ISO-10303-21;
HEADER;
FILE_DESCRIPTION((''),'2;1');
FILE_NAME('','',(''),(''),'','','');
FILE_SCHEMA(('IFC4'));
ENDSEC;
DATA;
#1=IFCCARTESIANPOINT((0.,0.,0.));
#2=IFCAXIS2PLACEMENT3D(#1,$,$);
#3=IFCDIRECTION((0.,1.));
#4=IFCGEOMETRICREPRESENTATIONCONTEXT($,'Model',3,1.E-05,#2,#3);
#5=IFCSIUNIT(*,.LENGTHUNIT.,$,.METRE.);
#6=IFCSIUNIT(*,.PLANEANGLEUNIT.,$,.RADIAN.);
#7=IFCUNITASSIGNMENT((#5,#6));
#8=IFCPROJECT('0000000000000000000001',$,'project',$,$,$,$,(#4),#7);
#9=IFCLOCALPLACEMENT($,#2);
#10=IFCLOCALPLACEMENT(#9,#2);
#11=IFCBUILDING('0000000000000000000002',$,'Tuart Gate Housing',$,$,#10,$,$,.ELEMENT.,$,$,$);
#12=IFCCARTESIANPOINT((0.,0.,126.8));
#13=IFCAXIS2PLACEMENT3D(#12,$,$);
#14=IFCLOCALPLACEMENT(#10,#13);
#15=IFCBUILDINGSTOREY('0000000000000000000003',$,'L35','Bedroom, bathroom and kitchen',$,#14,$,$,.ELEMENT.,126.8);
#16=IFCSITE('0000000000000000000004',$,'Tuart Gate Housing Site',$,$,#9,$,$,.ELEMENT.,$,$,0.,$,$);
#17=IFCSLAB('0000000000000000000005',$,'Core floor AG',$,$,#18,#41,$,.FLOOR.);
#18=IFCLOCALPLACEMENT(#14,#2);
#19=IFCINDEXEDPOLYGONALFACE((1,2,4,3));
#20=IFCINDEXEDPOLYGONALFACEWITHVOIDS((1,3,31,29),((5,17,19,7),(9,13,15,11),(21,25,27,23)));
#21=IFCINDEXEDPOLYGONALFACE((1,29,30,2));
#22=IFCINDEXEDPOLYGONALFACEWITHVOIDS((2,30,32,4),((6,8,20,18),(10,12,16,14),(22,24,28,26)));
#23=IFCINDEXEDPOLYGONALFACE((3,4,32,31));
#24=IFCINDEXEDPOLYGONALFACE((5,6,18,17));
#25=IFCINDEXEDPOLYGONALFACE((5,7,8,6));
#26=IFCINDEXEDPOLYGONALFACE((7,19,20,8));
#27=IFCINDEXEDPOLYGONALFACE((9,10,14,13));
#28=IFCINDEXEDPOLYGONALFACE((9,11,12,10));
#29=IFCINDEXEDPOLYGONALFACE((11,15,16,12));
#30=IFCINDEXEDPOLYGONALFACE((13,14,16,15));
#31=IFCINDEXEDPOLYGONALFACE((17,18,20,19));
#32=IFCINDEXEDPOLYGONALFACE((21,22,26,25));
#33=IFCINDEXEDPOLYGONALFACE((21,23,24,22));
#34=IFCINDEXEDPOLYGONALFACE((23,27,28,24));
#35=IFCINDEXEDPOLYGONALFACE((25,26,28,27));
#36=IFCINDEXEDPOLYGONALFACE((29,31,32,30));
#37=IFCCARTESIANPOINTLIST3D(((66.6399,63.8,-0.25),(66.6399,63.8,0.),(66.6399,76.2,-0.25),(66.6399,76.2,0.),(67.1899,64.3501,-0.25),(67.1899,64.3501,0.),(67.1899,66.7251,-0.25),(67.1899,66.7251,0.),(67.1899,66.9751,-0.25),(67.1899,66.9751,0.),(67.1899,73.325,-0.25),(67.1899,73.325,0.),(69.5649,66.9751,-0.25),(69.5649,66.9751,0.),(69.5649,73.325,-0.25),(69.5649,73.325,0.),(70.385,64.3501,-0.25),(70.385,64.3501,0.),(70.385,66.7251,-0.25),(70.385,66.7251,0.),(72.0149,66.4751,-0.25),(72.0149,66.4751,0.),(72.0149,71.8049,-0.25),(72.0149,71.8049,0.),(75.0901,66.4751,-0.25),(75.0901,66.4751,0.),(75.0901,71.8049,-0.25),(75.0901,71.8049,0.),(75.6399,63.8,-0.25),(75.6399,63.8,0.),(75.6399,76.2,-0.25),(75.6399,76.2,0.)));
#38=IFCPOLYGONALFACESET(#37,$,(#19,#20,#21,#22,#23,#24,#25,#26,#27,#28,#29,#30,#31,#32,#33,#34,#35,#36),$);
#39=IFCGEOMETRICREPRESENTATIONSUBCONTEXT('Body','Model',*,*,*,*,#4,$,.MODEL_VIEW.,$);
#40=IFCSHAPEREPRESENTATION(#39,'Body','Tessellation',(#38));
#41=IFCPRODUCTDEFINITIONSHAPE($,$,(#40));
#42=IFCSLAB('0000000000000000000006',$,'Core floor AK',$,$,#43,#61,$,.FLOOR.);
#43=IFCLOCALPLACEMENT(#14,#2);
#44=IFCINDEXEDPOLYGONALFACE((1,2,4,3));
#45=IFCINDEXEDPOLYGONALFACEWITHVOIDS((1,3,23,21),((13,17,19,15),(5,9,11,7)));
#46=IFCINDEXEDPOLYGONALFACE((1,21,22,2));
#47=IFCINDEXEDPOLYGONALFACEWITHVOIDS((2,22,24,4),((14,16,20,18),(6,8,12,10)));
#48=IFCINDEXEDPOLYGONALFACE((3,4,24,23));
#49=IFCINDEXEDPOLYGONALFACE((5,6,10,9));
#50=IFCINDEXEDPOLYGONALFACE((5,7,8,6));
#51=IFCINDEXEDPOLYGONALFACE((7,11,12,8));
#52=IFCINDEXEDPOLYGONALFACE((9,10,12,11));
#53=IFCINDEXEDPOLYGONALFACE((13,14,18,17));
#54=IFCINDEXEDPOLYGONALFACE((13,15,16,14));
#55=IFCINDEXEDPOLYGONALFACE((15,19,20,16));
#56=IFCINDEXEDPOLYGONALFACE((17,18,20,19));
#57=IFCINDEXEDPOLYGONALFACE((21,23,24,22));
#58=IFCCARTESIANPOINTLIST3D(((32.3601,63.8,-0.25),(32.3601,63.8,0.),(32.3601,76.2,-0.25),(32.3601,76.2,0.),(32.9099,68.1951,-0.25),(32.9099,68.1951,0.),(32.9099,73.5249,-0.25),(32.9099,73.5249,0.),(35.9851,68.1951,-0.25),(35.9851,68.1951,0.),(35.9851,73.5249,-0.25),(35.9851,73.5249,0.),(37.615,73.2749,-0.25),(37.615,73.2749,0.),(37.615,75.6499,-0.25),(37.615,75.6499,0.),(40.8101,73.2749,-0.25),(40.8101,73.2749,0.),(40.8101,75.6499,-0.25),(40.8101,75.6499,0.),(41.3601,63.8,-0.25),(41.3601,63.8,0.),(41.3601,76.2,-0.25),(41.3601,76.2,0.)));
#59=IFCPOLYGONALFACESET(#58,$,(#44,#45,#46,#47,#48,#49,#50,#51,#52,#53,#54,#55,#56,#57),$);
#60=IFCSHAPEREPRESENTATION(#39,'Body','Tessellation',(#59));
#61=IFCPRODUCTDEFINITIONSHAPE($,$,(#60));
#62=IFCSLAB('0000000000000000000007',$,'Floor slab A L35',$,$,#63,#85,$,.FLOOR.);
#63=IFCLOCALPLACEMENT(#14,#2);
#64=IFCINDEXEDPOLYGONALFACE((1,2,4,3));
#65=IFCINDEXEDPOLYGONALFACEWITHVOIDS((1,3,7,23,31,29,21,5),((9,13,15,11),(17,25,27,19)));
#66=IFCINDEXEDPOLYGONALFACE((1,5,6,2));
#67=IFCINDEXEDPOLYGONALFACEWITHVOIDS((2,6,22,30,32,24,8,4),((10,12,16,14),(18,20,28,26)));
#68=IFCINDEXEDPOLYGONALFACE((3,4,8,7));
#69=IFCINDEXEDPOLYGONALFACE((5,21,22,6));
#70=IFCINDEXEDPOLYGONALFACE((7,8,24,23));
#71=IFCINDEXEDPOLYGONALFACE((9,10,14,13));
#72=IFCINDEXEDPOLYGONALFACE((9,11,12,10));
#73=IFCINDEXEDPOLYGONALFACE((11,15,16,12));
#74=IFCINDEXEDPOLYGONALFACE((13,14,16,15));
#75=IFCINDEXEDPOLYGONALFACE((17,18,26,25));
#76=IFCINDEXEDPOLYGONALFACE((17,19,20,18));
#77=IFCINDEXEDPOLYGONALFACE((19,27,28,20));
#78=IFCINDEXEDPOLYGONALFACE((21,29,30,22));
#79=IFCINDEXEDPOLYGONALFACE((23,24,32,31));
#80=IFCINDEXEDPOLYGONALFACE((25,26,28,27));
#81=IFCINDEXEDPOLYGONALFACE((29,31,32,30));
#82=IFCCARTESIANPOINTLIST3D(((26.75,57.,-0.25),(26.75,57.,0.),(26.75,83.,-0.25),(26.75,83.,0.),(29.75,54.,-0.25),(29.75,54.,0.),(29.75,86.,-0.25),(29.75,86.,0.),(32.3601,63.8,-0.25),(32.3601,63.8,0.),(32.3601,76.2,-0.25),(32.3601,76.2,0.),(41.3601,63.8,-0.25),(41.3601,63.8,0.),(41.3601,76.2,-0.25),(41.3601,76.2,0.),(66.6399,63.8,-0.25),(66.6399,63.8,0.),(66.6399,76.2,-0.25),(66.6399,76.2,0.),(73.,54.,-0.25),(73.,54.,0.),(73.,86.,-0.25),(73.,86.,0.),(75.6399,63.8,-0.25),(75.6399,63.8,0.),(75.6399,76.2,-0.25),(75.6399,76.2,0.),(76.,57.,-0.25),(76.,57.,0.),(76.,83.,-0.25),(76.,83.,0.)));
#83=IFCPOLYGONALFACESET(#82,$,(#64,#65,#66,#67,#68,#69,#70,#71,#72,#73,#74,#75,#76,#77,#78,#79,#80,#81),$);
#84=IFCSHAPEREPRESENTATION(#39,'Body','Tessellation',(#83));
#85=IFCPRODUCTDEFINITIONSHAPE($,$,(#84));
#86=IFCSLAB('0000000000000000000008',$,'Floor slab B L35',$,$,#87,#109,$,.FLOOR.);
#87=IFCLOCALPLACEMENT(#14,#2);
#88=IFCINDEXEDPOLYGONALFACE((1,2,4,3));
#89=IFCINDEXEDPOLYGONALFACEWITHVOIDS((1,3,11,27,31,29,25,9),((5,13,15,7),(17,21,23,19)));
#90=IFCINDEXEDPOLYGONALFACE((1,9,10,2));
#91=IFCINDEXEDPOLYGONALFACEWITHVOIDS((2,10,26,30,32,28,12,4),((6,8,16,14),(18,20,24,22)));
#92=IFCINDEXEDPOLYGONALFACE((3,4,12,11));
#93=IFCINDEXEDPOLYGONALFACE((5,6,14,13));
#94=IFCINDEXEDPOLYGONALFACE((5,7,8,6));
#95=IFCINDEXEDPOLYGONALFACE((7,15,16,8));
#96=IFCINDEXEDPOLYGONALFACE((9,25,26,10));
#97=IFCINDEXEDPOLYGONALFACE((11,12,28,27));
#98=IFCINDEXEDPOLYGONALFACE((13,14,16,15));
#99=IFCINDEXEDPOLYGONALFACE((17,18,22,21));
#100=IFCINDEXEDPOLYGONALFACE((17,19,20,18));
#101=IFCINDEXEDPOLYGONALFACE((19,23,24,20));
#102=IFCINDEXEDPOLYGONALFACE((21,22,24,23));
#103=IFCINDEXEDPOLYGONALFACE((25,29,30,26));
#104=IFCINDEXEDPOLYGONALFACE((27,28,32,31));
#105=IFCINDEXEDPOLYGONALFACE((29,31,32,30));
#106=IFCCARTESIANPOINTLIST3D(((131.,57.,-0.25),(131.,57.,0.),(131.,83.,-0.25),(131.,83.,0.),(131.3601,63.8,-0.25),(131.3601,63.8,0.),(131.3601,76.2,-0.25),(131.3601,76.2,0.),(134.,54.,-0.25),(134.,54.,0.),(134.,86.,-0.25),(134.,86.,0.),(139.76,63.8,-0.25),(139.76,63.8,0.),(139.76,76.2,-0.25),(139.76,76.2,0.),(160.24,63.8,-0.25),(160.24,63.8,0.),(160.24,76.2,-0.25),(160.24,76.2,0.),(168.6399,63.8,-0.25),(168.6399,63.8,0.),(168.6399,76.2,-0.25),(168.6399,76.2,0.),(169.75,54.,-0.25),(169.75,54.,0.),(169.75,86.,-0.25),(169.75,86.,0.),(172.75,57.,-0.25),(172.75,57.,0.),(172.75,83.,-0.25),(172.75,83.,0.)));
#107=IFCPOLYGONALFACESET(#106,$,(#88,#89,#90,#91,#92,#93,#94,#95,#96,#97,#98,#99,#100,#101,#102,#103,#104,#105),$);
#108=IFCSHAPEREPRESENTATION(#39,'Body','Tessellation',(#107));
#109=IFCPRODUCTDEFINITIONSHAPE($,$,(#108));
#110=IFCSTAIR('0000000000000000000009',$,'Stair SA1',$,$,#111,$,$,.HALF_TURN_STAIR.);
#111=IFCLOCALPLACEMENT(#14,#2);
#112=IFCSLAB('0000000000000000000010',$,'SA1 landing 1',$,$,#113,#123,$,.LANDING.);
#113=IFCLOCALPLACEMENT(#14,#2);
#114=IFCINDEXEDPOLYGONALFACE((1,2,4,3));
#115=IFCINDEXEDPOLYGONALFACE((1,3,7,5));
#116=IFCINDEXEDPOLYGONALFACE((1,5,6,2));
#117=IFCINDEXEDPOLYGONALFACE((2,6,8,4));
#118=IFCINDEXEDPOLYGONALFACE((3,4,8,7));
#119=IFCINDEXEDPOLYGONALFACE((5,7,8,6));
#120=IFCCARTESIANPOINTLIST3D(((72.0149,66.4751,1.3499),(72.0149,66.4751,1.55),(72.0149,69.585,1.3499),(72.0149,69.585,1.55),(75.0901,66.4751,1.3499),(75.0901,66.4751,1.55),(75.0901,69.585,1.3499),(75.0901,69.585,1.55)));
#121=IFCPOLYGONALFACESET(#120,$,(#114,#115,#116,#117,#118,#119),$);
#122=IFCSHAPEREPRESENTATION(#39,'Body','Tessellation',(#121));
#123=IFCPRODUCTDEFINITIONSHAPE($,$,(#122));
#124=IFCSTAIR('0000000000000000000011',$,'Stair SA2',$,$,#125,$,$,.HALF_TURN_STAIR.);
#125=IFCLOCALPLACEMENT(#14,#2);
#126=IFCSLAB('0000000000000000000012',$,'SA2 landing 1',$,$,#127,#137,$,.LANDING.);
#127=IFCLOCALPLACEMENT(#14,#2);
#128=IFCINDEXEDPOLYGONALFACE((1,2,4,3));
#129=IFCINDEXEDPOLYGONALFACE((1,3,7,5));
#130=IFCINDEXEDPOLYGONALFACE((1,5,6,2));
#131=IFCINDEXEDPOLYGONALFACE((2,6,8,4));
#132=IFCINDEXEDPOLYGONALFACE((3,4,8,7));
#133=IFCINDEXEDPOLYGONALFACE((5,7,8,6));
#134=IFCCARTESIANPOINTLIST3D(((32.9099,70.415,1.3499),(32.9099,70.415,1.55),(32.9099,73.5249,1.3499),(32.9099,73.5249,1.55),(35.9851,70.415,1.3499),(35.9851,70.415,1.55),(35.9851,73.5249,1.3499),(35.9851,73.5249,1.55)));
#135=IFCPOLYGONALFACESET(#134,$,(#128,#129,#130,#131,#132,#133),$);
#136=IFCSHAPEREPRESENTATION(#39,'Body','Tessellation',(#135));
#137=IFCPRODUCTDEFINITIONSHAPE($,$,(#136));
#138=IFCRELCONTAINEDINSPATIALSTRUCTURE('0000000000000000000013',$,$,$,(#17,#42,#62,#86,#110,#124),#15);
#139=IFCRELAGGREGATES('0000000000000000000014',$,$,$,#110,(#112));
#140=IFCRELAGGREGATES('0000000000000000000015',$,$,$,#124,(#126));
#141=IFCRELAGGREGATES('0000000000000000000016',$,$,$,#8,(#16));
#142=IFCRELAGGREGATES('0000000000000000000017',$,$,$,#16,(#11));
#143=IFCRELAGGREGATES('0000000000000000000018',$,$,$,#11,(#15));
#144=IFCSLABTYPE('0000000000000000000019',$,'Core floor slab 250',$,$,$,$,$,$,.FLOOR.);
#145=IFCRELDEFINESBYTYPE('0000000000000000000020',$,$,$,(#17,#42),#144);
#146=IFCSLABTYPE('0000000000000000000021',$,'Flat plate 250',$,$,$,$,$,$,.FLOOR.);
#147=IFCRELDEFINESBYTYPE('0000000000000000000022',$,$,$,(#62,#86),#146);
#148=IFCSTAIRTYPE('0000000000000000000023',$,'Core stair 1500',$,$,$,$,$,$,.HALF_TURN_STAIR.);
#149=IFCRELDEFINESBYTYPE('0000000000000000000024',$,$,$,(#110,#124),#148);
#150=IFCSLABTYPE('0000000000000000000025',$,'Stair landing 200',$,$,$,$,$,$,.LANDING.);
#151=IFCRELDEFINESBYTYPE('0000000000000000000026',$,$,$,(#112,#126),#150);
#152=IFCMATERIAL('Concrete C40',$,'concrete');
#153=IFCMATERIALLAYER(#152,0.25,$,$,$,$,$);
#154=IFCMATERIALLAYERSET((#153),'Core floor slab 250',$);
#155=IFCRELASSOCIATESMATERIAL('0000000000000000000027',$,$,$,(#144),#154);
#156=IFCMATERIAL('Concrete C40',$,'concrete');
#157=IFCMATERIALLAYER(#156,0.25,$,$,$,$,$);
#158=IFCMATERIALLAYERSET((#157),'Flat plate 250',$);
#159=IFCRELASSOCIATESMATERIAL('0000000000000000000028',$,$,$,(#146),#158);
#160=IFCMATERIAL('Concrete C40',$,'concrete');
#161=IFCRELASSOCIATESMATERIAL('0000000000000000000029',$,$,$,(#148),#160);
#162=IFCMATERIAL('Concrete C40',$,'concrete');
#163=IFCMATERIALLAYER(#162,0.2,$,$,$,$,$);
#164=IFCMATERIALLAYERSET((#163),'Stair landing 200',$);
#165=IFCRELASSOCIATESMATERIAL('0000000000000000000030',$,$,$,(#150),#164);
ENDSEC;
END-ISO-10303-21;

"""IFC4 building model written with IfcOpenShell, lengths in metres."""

from ifc_helpers import new_model, si_unit, direction, frame, origin, place, context, subcontext, project, spatial, polyline, outline, extrude, material, layer, layer_set, type_object, element, aggregate, save


model = new_model("IFC4")

# Units and contexts
model_context = context("Model", 3, precision=1e-05, world=origin(), true_north=direction((0.0, 1.0)))
body_context = subcontext(model_context, "Body", "Model", "MODEL_VIEW")
ifc_project = project(units=[si_unit("LENGTHUNIT", "METRE"), si_unit("PLANEANGLEUNIT", "RADIAN")], contexts=[model_context])

# Site, building, storey
site_placement = place(None, origin())
site = spatial("IfcSite", under=ifc_project, at=site_placement, Name="Tuart Gate Housing Site", CompositionType="ELEMENT", RefElevation=0.0)
building_placement = place(site_placement, origin())
building = spatial("IfcBuilding", under=site, at=building_placement, Name="Tuart Gate Housing", CompositionType="ELEMENT")
storey_placement = place(building_placement, frame((0.0, 0.0, 126.8)))
storey = spatial("IfcBuildingStorey", under=building, at=storey_placement, Name="L35", Description="Bedroom, bathroom and kitchen", CompositionType="ELEMENT", Elevation=126.8)

# Slabs
ifc_material_1 = material(Name="Concrete C40", Category="concrete")
ifc_layer_1 = layer(ifc_material_1, 0.25)
ifc_layer_set_1 = layer_set([ifc_layer_1], Name="Core floor slab 250")
slab_type_1 = type_object("IfcSlabType", Name="Core floor slab 250", PredefinedType="FLOOR", material=ifc_layer_set_1)
slab_1_placement = place(storey_placement, frame((0.0, 0.0, -0.25)))
element("IfcSlab", 1, at=slab_1_placement, inside=storey, type_object=slab_type_1, Name="Core floor AG", PredefinedType="FLOOR", context=body_context, shape_type="SweptSolid", body=[
    extrude(outline(polyline([(66.6399, 63.8), (75.6399, 63.8), (75.6399, 76.2), (66.6399, 76.2), (66.6399, 63.8)]), holes=[polyline([(67.1899, 64.3501), (70.385, 64.3501), (70.385, 66.7251), (67.1899, 66.7251), (67.1899, 64.3501)]), polyline([(67.1899, 66.9751), (69.5649, 66.9751), (69.5649, 73.325), (67.1899, 73.325), (67.1899, 66.9751)]), polyline([(72.0149, 66.4751), (75.0901, 66.4751), (75.0901, 71.8049), (72.0149, 71.8049), (72.0149, 66.4751)])]), origin(), (0.0, 0.0, 1.0), 0.25),
])
slab_2_placement = place(storey_placement, frame((0.0, 0.0, -0.25)))
element("IfcSlab", 2, at=slab_2_placement, inside=storey, type_object=slab_type_1, Name="Core floor AK", PredefinedType="FLOOR", context=body_context, shape_type="SweptSolid", body=[
    extrude(outline(polyline([(32.3601, 63.8), (41.3601, 63.8), (41.3601, 76.2), (32.3601, 76.2), (32.3601, 63.8)]), holes=[polyline([(40.8101, 75.6499), (37.615, 75.6499), (37.615, 73.2749), (40.8101, 73.2749), (40.8101, 75.6499)]), polyline([(35.9851, 73.5249), (32.9099, 73.5249), (32.9099, 68.1951), (35.9851, 68.1951), (35.9851, 73.5249)])]), origin(), (0.0, 0.0, 1.0), 0.25),
])
ifc_material_2 = material(Name="Concrete C40", Category="concrete")
ifc_layer_2 = layer(ifc_material_2, 0.25)
ifc_layer_set_2 = layer_set([ifc_layer_2], Name="Flat plate 250")
slab_type_2 = type_object("IfcSlabType", Name="Flat plate 250", PredefinedType="FLOOR", material=ifc_layer_set_2)
slab_3_placement = place(storey_placement, frame((0.0, 0.0, -0.25)))
element("IfcSlab", 3, at=slab_3_placement, inside=storey, type_object=slab_type_2, Name="Floor slab A L35", PredefinedType="FLOOR", context=body_context, shape_type="SweptSolid", body=[
    extrude(outline(polyline([(29.75, 86.0), (26.75, 83.0), (26.75, 57.0), (29.75, 54.0), (73.0, 54.0), (76.0, 57.0), (76.0, 83.0), (73.0, 86.0), (29.75, 86.0)]), holes=[polyline([(66.6399, 76.2), (75.6399, 76.2), (75.6399, 63.8), (66.6399, 63.8), (66.6399, 76.2)]), polyline([(41.3601, 76.2), (41.3601, 63.8), (32.3601, 63.8), (32.3601, 76.2), (41.3601, 76.2)])]), origin(), (0.0, 0.0, 1.0), 0.25),
])
slab_4_placement = place(storey_placement, frame((0.0, 0.0, -0.25)))
element("IfcSlab", 4, at=slab_4_placement, inside=storey, type_object=slab_type_2, Name="Floor slab B L35", PredefinedType="FLOOR", context=body_context, shape_type="SweptSolid", body=[
    extrude(outline(polyline([(134.0, 86.0), (131.0, 83.0), (131.0, 57.0), (134.0, 54.0), (169.75, 54.0), (172.75, 57.0), (172.75, 83.0), (169.75, 86.0), (134.0, 86.0)]), holes=[polyline([(131.3601, 76.2), (139.76, 76.2), (139.76, 63.8), (131.3601, 63.8), (131.3601, 76.2)]), polyline([(168.6399, 76.2), (168.6399, 63.8), (160.24, 63.8), (160.24, 76.2), (168.6399, 76.2)])]), origin(), (0.0, 0.0, 1.0), 0.25),
])

# Stairs, slabs
ifc_material_3 = material(Name="Concrete C40", Category="concrete")
stair_type = type_object("IfcStairType", Name="Core stair 1500", PredefinedType="HALF_TURN_STAIR", material=ifc_material_3)
stair_1_placement = place(storey_placement, origin())
stair_1 = element("IfcStair", 5, at=stair_1_placement, inside=storey, type_object=stair_type, Name="Stair SA1", PredefinedType="HALF_TURN_STAIR")
ifc_material_4 = material(Name="Concrete C40", Category="concrete")
ifc_layer_3 = layer(ifc_material_4, 0.2)
ifc_layer_set_3 = layer_set([ifc_layer_3], Name="Stair landing 200")
slab_type_3 = type_object("IfcSlabType", Name="Stair landing 200", PredefinedType="LANDING", material=ifc_layer_set_3)
slab_5_placement = place(storey_placement, frame((0.0, 0.0, 1.3499)))
slab_5 = element("IfcSlab", 6, at=slab_5_placement, type_object=slab_type_3, Name="SA1 landing 1", PredefinedType="LANDING", context=body_context, shape_type="SweptSolid", body=[
    extrude(outline(polyline([(72.0149, 66.4751), (75.0901, 66.4751), (75.0901, 69.585), (72.0149, 69.585), (72.0149, 66.4751)])), origin(), (0.0, 0.0, 1.0), 0.2002),
])
aggregate(stair_1, [slab_5])
stair_2_placement = place(storey_placement, origin())
stair_2 = element("IfcStair", 7, at=stair_2_placement, inside=storey, type_object=stair_type, Name="Stair SA2", PredefinedType="HALF_TURN_STAIR")
slab_6_placement = place(storey_placement, frame((0.0, 0.0, 1.3499)))
slab_6 = element("IfcSlab", 8, at=slab_6_placement, type_object=slab_type_3, Name="SA2 landing 1", PredefinedType="LANDING", context=body_context, shape_type="SweptSolid", body=[
    extrude(outline(polyline([(35.9851, 73.5249), (32.9099, 73.5249), (32.9099, 70.415), (35.9851, 70.415), (35.9851, 73.5249)])), origin(), (0.0, 0.0, 1.0), 0.2002),
])
aggregate(stair_2, [slab_6])

save(model, "model.ifc")
